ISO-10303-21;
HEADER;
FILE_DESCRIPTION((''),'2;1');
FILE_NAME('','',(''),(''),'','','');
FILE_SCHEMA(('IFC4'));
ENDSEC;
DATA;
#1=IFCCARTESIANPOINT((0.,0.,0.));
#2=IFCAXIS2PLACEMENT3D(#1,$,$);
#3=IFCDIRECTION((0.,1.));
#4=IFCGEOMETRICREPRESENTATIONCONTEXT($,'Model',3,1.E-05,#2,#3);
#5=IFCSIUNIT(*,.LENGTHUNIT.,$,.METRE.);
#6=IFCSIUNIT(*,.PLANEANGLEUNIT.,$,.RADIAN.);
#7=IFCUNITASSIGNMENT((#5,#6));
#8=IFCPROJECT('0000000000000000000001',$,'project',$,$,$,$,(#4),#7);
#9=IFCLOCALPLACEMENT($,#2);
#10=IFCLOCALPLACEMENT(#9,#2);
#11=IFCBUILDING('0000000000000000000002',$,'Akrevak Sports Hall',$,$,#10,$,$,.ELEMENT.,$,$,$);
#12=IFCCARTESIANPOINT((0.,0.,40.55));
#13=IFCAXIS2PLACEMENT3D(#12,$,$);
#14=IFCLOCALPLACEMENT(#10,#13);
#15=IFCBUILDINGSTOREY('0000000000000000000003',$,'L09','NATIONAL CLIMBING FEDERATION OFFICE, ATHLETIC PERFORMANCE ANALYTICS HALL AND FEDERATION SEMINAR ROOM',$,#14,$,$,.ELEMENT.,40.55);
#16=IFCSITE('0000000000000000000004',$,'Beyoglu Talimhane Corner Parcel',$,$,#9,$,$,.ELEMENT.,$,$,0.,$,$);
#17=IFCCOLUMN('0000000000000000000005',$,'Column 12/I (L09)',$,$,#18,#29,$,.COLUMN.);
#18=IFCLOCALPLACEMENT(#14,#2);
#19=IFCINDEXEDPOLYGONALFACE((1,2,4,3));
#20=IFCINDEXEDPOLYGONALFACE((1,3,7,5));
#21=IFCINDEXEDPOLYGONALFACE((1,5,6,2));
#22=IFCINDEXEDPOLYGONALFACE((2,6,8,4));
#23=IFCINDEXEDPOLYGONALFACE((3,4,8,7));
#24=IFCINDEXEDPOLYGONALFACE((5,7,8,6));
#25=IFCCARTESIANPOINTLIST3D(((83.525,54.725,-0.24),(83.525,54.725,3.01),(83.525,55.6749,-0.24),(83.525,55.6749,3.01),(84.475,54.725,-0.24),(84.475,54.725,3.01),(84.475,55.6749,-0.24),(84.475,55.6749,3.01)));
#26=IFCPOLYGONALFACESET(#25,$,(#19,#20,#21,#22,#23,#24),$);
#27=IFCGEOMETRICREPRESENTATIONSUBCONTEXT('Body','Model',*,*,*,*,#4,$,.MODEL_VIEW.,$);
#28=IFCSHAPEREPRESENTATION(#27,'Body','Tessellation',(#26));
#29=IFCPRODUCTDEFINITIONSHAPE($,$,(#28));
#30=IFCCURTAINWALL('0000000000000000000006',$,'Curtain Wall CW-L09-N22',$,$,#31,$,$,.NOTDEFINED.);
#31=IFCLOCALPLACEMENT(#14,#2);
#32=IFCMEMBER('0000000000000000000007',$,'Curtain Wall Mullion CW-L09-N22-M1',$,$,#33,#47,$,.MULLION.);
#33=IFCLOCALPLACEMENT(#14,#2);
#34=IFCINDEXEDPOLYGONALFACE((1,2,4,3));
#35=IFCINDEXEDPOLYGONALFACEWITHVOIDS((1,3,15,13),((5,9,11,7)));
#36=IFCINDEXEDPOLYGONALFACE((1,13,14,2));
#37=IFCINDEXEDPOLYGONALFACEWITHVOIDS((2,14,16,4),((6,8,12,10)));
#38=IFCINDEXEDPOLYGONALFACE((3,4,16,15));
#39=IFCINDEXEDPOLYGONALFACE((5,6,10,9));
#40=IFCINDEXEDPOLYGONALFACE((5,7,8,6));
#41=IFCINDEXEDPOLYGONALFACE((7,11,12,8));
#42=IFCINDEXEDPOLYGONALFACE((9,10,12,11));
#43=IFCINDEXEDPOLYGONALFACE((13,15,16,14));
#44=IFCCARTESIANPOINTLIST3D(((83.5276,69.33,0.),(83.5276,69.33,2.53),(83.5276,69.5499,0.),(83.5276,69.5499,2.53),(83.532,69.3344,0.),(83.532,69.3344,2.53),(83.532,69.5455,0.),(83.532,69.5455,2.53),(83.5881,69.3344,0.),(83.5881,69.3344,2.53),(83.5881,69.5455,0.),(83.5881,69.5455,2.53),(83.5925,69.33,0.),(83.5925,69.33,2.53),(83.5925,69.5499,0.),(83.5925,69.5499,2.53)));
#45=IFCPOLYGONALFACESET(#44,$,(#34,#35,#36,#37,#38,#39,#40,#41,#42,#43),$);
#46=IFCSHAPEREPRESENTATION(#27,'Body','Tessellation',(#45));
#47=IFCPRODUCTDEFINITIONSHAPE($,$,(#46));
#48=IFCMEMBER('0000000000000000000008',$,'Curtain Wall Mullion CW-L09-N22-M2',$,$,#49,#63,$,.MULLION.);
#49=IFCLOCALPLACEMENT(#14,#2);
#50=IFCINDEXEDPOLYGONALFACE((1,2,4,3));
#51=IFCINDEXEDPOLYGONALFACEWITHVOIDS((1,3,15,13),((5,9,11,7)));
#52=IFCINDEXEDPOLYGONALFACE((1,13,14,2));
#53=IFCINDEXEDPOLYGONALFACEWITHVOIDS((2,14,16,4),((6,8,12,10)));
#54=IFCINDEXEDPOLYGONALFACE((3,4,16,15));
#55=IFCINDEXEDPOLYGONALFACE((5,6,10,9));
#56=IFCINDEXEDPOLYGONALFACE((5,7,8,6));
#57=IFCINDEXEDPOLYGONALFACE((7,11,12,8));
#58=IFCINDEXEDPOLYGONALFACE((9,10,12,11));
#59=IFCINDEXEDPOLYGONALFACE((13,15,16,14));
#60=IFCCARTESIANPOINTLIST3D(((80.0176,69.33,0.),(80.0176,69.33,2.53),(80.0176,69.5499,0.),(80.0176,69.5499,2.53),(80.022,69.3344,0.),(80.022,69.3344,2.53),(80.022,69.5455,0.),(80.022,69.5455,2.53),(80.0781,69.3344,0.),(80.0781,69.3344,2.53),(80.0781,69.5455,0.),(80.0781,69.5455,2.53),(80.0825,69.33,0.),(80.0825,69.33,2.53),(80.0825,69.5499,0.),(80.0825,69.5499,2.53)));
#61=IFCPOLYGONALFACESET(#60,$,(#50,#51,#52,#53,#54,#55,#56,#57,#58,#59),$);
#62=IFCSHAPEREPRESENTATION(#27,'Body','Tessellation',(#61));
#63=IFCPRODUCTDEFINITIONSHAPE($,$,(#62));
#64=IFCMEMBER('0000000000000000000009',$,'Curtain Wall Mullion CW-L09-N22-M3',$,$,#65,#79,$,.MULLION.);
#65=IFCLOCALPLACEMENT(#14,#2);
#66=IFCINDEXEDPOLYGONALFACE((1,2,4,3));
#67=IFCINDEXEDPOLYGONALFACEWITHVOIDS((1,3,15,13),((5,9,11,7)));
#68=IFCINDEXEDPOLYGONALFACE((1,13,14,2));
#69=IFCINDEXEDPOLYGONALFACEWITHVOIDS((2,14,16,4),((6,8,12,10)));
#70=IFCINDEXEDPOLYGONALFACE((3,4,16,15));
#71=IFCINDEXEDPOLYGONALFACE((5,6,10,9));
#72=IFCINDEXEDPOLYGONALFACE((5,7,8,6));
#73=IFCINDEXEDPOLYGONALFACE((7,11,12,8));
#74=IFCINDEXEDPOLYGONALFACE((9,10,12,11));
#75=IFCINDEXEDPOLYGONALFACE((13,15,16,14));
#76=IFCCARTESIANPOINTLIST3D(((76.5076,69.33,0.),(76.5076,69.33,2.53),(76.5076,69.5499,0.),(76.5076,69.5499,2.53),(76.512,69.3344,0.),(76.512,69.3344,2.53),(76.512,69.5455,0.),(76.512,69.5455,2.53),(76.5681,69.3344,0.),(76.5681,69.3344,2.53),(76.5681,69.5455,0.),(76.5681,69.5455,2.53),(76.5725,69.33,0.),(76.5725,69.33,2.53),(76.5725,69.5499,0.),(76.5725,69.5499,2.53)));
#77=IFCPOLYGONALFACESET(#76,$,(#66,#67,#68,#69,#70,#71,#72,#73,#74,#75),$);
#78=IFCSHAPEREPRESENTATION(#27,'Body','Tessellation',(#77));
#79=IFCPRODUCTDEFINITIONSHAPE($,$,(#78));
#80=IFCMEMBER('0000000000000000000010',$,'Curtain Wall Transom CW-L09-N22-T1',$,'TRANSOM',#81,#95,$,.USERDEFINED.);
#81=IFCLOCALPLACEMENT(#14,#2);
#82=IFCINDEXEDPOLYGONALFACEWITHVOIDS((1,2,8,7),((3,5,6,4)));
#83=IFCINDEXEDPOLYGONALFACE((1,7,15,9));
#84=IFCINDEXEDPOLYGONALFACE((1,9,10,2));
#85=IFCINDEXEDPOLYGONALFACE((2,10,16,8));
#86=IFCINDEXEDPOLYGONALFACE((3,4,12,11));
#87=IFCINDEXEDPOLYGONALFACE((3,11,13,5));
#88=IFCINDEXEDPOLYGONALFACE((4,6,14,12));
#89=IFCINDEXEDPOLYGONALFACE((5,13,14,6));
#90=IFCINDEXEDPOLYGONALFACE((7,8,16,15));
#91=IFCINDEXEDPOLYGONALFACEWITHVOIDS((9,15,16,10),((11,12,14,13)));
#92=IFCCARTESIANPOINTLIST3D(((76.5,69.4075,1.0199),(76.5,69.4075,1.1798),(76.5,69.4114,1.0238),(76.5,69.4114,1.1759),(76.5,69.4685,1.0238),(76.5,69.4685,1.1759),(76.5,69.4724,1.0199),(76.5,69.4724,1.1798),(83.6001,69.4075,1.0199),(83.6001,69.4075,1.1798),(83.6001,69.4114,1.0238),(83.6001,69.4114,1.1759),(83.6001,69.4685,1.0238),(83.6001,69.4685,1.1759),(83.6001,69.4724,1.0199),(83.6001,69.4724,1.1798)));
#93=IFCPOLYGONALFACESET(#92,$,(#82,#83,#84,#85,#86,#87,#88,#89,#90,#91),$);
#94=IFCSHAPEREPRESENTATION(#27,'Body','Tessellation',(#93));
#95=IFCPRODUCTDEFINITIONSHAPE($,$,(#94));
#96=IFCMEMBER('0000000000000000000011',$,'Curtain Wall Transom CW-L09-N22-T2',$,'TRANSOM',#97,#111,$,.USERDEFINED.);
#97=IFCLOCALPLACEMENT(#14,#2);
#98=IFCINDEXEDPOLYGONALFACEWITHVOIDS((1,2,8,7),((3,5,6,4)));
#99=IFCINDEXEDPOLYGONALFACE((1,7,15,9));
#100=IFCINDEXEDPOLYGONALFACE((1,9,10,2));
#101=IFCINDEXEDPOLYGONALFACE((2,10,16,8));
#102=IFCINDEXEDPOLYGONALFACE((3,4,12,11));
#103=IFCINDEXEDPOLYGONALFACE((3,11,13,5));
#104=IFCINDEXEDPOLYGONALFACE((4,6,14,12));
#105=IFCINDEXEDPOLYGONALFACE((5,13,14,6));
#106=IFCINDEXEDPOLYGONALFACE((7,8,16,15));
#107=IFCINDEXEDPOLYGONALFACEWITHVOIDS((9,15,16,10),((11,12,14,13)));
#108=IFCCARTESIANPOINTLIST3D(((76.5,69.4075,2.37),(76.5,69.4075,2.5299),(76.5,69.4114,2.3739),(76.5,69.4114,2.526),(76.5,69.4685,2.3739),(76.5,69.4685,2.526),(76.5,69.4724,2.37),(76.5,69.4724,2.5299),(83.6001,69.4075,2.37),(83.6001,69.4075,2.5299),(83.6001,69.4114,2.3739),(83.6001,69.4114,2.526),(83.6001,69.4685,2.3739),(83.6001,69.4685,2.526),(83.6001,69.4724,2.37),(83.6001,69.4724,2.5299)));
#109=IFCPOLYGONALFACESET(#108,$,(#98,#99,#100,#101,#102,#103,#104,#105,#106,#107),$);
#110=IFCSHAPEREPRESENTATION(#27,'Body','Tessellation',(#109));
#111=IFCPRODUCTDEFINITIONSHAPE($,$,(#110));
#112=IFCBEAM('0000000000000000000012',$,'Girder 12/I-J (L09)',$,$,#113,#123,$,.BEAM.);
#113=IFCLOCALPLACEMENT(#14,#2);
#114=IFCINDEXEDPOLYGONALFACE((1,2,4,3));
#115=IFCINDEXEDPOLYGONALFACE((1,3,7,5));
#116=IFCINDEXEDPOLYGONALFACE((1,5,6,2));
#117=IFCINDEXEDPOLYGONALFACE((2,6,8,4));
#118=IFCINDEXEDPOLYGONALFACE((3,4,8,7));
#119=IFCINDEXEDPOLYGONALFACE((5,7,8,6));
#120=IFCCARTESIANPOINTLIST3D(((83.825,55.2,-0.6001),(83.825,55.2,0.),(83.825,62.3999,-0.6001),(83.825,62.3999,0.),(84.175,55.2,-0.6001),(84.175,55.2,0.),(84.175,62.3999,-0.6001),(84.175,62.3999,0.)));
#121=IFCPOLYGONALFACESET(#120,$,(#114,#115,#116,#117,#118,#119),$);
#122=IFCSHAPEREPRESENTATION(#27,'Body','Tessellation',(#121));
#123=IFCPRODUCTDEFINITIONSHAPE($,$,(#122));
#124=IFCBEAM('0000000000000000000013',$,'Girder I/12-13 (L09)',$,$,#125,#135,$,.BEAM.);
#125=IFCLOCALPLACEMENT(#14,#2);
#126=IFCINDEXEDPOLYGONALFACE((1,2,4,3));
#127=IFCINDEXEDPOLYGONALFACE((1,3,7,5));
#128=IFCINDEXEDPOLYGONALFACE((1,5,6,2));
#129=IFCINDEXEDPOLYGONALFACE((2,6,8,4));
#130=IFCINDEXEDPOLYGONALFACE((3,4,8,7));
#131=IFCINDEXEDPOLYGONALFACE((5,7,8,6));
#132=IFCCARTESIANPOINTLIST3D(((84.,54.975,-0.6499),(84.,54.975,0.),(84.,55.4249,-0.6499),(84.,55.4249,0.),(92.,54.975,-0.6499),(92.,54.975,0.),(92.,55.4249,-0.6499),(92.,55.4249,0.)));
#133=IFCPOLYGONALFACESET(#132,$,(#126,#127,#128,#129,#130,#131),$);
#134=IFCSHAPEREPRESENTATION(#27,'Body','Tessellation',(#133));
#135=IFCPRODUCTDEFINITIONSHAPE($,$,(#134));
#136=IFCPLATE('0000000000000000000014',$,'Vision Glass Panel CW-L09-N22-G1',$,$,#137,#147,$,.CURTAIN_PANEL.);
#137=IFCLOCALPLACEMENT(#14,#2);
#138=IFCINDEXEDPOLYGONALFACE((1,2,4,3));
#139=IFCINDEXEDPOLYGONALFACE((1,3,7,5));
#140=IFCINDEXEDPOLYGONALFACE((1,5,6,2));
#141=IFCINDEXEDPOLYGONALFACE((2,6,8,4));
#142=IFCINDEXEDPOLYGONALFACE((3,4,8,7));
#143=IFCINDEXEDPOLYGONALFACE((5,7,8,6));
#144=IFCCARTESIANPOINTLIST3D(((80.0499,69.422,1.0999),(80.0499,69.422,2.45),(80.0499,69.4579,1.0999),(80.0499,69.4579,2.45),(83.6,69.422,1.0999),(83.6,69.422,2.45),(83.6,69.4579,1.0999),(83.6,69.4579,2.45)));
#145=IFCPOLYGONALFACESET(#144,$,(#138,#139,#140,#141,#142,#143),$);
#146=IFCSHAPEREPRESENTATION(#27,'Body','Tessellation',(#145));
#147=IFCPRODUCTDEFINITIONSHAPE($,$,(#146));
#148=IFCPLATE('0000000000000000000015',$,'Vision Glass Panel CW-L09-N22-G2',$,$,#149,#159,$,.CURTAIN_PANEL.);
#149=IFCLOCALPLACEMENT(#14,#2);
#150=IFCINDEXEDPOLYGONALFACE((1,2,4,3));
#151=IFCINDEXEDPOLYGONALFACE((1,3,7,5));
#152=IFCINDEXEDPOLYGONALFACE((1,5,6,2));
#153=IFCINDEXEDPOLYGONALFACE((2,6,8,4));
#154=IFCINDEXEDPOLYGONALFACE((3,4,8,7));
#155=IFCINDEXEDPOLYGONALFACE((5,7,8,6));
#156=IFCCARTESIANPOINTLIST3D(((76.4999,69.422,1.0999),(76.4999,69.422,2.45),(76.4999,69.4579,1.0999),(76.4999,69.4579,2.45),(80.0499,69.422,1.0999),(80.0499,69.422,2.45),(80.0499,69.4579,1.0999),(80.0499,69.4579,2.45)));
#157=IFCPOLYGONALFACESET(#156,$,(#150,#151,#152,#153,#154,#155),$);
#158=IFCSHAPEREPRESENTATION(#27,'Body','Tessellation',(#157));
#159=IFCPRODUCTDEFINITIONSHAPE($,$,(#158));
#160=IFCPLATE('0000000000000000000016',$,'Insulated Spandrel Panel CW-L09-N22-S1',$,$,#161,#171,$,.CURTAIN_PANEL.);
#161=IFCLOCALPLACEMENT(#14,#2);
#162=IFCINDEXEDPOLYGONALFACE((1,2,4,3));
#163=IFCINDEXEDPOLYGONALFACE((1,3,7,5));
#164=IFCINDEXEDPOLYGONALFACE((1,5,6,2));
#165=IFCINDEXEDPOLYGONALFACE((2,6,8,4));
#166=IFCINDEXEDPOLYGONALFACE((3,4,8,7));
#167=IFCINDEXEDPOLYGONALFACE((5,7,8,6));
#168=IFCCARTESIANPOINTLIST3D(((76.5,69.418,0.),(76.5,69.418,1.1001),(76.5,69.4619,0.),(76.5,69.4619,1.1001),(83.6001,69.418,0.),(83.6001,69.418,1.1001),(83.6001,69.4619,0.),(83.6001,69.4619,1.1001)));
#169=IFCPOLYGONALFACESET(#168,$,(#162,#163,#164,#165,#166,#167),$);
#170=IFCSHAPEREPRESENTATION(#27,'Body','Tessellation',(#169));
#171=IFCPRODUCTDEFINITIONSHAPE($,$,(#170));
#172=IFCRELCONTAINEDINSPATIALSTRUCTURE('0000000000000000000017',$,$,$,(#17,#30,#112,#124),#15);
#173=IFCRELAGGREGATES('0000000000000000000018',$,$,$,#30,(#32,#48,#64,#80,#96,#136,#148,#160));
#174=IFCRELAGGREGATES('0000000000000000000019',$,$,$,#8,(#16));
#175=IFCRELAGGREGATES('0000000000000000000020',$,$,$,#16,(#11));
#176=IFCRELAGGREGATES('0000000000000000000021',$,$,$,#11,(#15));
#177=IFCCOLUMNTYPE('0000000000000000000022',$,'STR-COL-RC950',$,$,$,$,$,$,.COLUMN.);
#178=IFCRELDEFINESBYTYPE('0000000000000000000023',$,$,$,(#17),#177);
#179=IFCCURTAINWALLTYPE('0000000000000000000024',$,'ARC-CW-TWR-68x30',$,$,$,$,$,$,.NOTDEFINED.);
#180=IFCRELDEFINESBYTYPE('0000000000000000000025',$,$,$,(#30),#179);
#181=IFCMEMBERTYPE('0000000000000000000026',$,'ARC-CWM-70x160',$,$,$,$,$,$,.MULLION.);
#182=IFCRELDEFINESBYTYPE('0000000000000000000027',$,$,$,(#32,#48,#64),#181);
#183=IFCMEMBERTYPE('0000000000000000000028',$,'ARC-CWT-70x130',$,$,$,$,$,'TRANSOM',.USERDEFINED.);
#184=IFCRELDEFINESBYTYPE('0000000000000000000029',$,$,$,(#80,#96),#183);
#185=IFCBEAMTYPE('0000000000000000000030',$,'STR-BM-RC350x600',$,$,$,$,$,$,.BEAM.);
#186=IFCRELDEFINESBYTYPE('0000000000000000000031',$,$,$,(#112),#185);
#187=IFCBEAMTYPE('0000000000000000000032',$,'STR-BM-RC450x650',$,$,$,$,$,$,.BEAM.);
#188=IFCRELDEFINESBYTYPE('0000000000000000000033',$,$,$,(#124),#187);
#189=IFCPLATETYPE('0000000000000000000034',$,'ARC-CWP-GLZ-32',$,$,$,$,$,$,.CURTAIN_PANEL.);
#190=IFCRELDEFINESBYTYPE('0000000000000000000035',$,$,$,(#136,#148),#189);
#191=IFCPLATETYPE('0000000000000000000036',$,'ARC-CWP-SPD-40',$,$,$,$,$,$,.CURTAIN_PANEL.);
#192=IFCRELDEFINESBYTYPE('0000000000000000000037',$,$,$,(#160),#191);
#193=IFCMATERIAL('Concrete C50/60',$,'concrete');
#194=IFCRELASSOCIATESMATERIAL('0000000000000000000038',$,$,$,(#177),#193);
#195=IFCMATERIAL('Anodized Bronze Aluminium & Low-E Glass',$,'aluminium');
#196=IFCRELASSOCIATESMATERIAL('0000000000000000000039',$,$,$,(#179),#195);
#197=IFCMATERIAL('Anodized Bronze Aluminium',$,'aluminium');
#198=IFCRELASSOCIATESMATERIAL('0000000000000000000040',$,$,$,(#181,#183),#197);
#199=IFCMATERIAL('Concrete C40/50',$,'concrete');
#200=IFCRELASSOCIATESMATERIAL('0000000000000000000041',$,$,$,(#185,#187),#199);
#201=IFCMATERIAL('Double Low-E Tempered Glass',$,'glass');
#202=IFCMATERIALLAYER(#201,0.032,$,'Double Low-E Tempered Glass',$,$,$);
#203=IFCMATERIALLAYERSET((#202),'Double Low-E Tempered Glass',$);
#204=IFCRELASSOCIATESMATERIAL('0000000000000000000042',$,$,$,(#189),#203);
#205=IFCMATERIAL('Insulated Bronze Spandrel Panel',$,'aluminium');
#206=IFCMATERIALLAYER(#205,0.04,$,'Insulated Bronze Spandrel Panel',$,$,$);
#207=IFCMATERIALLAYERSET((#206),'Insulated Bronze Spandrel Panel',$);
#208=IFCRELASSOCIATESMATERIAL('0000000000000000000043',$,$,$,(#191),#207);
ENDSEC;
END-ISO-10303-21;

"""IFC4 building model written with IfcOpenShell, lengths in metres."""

from ifc_helpers import new_model, si_unit, direction, frame, origin, origin_2d, place, context, subcontext, project, spatial, rectangle, hollow_rectangle, extrude, material, layer, layer_set, material_profile, profile_set, type_object, element, aggregate, save


model = new_model("IFC4")

# Units and contexts
model_context = context("Model", 3, precision=1e-05, world=origin(), true_north=direction((0.0, 1.0)))
body_context = subcontext(model_context, "Body", "Model", "MODEL_VIEW")
ifc_project = project(units=[si_unit("LENGTHUNIT", "METRE"), si_unit("PLANEANGLEUNIT", "RADIAN")], contexts=[model_context])

# Site, building, storey
site_placement = place(None, origin())
site = spatial("IfcSite", under=ifc_project, at=site_placement, Name="Beyoglu Talimhane Corner Parcel", CompositionType="ELEMENT", RefElevation=0.0)
building_placement = place(site_placement, origin())
building = spatial("IfcBuilding", under=site, at=building_placement, Name="Akrevak Sports Hall", CompositionType="ELEMENT")
storey_placement = place(building_placement, frame((0.0, 0.0, 40.55)))
storey = spatial("IfcBuildingStorey", under=building, at=storey_placement, Name="L09", Description="NATIONAL CLIMBING FEDERATION OFFICE, ATHLETIC PERFORMANCE ANALYTICS HALL AND FEDERATION SEMINAR ROOM", CompositionType="ELEMENT", Elevation=40.55)

# Column
ifc_material_1 = material(Name="Concrete C50/60", Category="concrete")
ifc_material_profile_1 = material_profile(ifc_material_1, rectangle(XDim=0.95, YDim=0.95, at=origin_2d()), Name="RC 950x950", Category="concrete")
ifc_profile_set_1 = profile_set([ifc_material_profile_1], Name="Concrete C50/60")
column_type = type_object("IfcColumnType", Name="STR-COL-RC950", PredefinedType="COLUMN", material=ifc_profile_set_1)
column_placement = place(storey_placement, frame((84.0, 55.2, -0.24), z_axis=(0.0, 0.0, 1.0), x_axis=(1.0, 0.0, 0.0)))
element("IfcColumn", 1, at=column_placement, inside=storey, type_object=column_type, Name="Column 12/I (L09)", PredefinedType="COLUMN", context=body_context, shape_type="SweptSolid", body=[
    extrude(rectangle(XDim=0.95, YDim=0.95, at=origin_2d()), origin(), (0.0, 0.0, 1.0), 3.25),
])

# Curtain wall, members
ifc_material_2 = material(Name="Anodized Bronze Aluminium & Low-E Glass", Category="aluminium")
curtain_wall_type = type_object("IfcCurtainWallType", Name="ARC-CW-TWR-68x30", PredefinedType="NOTDEFINED", material=ifc_material_2)
curtain_wall_placement = place(storey_placement, origin())
curtain_wall = element("IfcCurtainWall", 2, at=curtain_wall_placement, inside=storey, type_object=curtain_wall_type, Name="Curtain Wall CW-L09-N22", PredefinedType="NOTDEFINED")
ifc_material_3 = material(Name="Anodized Bronze Aluminium", Category="aluminium")
ifc_material_profile_2 = material_profile(ifc_material_3, hollow_rectangle(XDim=0.0649, YDim=0.22, WallThickness=0.0044, at=origin_2d()), Name="CWM 65x220", Category="aluminium")
ifc_profile_set_2 = profile_set([ifc_material_profile_2], Name="Anodized Bronze Aluminium")
member_type_1 = type_object("IfcMemberType", Name="ARC-CWM-70x160", PredefinedType="MULLION", material=ifc_profile_set_2)
member_1_placement = place(storey_placement, frame((83.5601, 69.4399, 0.0), z_axis=(0.0, 0.0, 1.0), x_axis=(-1.0, 0.0, 0.0)))
member_1 = element("IfcMember", 3, at=member_1_placement, type_object=member_type_1, Name="Curtain Wall Mullion CW-L09-N22-M1", PredefinedType="MULLION", context=body_context, shape_type="SweptSolid", body=[
    extrude(hollow_rectangle(XDim=0.0649, YDim=0.22, WallThickness=0.0044, at=origin_2d()), origin(), (0.0, 0.0, 1.0), 2.53),
])
member_2_placement = place(storey_placement, frame((80.05, 69.4399, 0.0), z_axis=(0.0, 0.0, 1.0), x_axis=(-1.0, 0.0, 0.0)))
member_2 = element("IfcMember", 4, at=member_2_placement, type_object=member_type_1, Name="Curtain Wall Mullion CW-L09-N22-M2", PredefinedType="MULLION", context=body_context, shape_type="SweptSolid", body=[
    extrude(hollow_rectangle(XDim=0.0649, YDim=0.22, WallThickness=0.0044, at=origin_2d()), origin(), (0.0, 0.0, 1.0), 2.53),
])
member_3_placement = place(storey_placement, frame((76.54, 69.4399, 0.0), z_axis=(0.0, 0.0, 1.0), x_axis=(-1.0, 0.0, 0.0)))
member_3 = element("IfcMember", 5, at=member_3_placement, type_object=member_type_1, Name="Curtain Wall Mullion CW-L09-N22-M3", PredefinedType="MULLION", context=body_context, shape_type="SweptSolid", body=[
    extrude(hollow_rectangle(XDim=0.0649, YDim=0.22, WallThickness=0.0044, at=origin_2d()), origin(), (0.0, 0.0, 1.0), 2.53),
])
ifc_material_profile_3 = material_profile(ifc_material_3, hollow_rectangle(XDim=0.0649, YDim=0.1599, WallThickness=0.0039, at=origin_2d()), Name="CWT 65x160", Category="aluminium")
ifc_profile_set_3 = profile_set([ifc_material_profile_3], Name="Anodized Bronze Aluminium")
member_type_2 = type_object("IfcMemberType", Name="ARC-CWT-70x130", ElementType="TRANSOM", PredefinedType="USERDEFINED", material=ifc_profile_set_3)
member_4_placement = place(storey_placement, frame((83.6001, 69.4399, 1.0999), z_axis=(-1.0, 0.0, 0.0), x_axis=(0.0, -1.0, 0.0)))
member_4 = element("IfcMember", 6, at=member_4_placement, type_object=member_type_2, Name="Curtain Wall Transom CW-L09-N22-T1", ObjectType="TRANSOM", PredefinedType="USERDEFINED", context=body_context, shape_type="SweptSolid", body=[
    extrude(hollow_rectangle(XDim=0.0649, YDim=0.1599, WallThickness=0.0039, at=origin_2d()), origin(), (0.0, 0.0, 1.0), 7.1001),
])
member_5_placement = place(storey_placement, frame((83.6001, 69.4399, 2.45), z_axis=(-1.0, 0.0, 0.0), x_axis=(0.0, -1.0, 0.0)))
member_5 = element("IfcMember", 7, at=member_5_placement, type_object=member_type_2, Name="Curtain Wall Transom CW-L09-N22-T2", ObjectType="TRANSOM", PredefinedType="USERDEFINED", context=body_context, shape_type="SweptSolid", body=[
    extrude(hollow_rectangle(XDim=0.0649, YDim=0.1599, WallThickness=0.0039, at=origin_2d()), origin(), (0.0, 0.0, 1.0), 7.1001),
])

# Beams
ifc_material_4 = material(Name="Concrete C40/50", Category="concrete")
ifc_material_profile_4 = material_profile(ifc_material_4, rectangle(XDim=0.3501, YDim=0.6001, at=origin_2d()), Name="BM 350x600", Category="concrete")
ifc_profile_set_4 = profile_set([ifc_material_profile_4], Name="Concrete C40/50")
beam_type_1 = type_object("IfcBeamType", Name="STR-BM-RC350x600", PredefinedType="BEAM", material=ifc_profile_set_4)
beam_1_placement = place(storey_placement, frame((84.0, 55.2, -0.3), z_axis=(0.0, 1.0, 0.0), x_axis=(-1.0, 0.0, 0.0)))
element("IfcBeam", 8, at=beam_1_placement, inside=storey, type_object=beam_type_1, Name="Girder 12/I-J (L09)", PredefinedType="BEAM", context=body_context, shape_type="SweptSolid", body=[
    extrude(rectangle(XDim=0.3501, YDim=0.6001, at=origin_2d()), origin(), (0.0, 0.0, 1.0), 7.2),
])
ifc_material_profile_5 = material_profile(ifc_material_4, rectangle(XDim=0.45, YDim=0.6499, at=origin_2d()), Name="BM 450x650", Category="concrete")
ifc_profile_set_5 = profile_set([ifc_material_profile_5], Name="Concrete C40/50")
beam_type_2 = type_object("IfcBeamType", Name="STR-BM-RC450x650", PredefinedType="BEAM", material=ifc_profile_set_5)
beam_2_placement = place(storey_placement, frame((84.0, 55.2, -0.325), z_axis=(1.0, 0.0, 0.0), x_axis=(0.0, 1.0, 0.0)))
element("IfcBeam", 9, at=beam_2_placement, inside=storey, type_object=beam_type_2, Name="Girder I/12-13 (L09)", PredefinedType="BEAM", context=body_context, shape_type="SweptSolid", body=[
    extrude(rectangle(XDim=0.45, YDim=0.6499, at=origin_2d()), origin(), (0.0, 0.0, 1.0), 8.0),
])

# Plates
ifc_material_5 = material(Name="Double Low-E Tempered Glass", Category="glass")
ifc_layer_1 = layer(ifc_material_5, 0.032, Name="Double Low-E Tempered Glass")
ifc_layer_set_1 = layer_set([ifc_layer_1], Name="Double Low-E Tempered Glass")
plate_type_1 = type_object("IfcPlateType", Name="ARC-CWP-GLZ-32", PredefinedType="CURTAIN_PANEL", material=ifc_layer_set_1)
plate_1_placement = place(storey_placement, frame((81.825, 69.4399, 1.0999), z_axis=(0.0, 0.0, 1.0), x_axis=(-1.0, 0.0, 0.0)))
plate_1 = element("IfcPlate", 10, at=plate_1_placement, type_object=plate_type_1, Name="Vision Glass Panel CW-L09-N22-G1", PredefinedType="CURTAIN_PANEL", context=body_context, shape_type="SweptSolid", body=[
    extrude(rectangle(XDim=3.55, YDim=0.0359, at=origin_2d()), origin(), (0.0, 0.0, 1.0), 1.3501),
])
plate_2_placement = place(storey_placement, frame((78.2749, 69.4399, 1.0999), z_axis=(0.0, 0.0, 1.0), x_axis=(-1.0, 0.0, 0.0)))
plate_2 = element("IfcPlate", 11, at=plate_2_placement, type_object=plate_type_1, Name="Vision Glass Panel CW-L09-N22-G2", PredefinedType="CURTAIN_PANEL", context=body_context, shape_type="SweptSolid", body=[
    extrude(rectangle(XDim=3.55, YDim=0.0359, at=origin_2d()), origin(), (0.0, 0.0, 1.0), 1.3501),
])
ifc_material_6 = material(Name="Insulated Bronze Spandrel Panel", Category="aluminium")
ifc_layer_2 = layer(ifc_material_6, 0.04, Name="Insulated Bronze Spandrel Panel")
ifc_layer_set_2 = layer_set([ifc_layer_2], Name="Insulated Bronze Spandrel Panel")
plate_type_2 = type_object("IfcPlateType", Name="ARC-CWP-SPD-40", PredefinedType="CURTAIN_PANEL", material=ifc_layer_set_2)
plate_3_placement = place(storey_placement, frame((80.05, 69.4399, 0.0), z_axis=(0.0, 0.0, 1.0), x_axis=(-1.0, 0.0, 0.0)))
plate_3 = element("IfcPlate", 12, at=plate_3_placement, type_object=plate_type_2, Name="Insulated Spandrel Panel CW-L09-N22-S1", PredefinedType="CURTAIN_PANEL", context=body_context, shape_type="SweptSolid", body=[
    extrude(rectangle(XDim=7.1001, YDim=0.0439, at=origin_2d()), origin(), (0.0, 0.0, 1.0), 1.1001),
])
aggregate(curtain_wall, [member_1, member_2, member_3, member_4, member_5, plate_1, plate_2, plate_3])

save(model, "model.ifc")
